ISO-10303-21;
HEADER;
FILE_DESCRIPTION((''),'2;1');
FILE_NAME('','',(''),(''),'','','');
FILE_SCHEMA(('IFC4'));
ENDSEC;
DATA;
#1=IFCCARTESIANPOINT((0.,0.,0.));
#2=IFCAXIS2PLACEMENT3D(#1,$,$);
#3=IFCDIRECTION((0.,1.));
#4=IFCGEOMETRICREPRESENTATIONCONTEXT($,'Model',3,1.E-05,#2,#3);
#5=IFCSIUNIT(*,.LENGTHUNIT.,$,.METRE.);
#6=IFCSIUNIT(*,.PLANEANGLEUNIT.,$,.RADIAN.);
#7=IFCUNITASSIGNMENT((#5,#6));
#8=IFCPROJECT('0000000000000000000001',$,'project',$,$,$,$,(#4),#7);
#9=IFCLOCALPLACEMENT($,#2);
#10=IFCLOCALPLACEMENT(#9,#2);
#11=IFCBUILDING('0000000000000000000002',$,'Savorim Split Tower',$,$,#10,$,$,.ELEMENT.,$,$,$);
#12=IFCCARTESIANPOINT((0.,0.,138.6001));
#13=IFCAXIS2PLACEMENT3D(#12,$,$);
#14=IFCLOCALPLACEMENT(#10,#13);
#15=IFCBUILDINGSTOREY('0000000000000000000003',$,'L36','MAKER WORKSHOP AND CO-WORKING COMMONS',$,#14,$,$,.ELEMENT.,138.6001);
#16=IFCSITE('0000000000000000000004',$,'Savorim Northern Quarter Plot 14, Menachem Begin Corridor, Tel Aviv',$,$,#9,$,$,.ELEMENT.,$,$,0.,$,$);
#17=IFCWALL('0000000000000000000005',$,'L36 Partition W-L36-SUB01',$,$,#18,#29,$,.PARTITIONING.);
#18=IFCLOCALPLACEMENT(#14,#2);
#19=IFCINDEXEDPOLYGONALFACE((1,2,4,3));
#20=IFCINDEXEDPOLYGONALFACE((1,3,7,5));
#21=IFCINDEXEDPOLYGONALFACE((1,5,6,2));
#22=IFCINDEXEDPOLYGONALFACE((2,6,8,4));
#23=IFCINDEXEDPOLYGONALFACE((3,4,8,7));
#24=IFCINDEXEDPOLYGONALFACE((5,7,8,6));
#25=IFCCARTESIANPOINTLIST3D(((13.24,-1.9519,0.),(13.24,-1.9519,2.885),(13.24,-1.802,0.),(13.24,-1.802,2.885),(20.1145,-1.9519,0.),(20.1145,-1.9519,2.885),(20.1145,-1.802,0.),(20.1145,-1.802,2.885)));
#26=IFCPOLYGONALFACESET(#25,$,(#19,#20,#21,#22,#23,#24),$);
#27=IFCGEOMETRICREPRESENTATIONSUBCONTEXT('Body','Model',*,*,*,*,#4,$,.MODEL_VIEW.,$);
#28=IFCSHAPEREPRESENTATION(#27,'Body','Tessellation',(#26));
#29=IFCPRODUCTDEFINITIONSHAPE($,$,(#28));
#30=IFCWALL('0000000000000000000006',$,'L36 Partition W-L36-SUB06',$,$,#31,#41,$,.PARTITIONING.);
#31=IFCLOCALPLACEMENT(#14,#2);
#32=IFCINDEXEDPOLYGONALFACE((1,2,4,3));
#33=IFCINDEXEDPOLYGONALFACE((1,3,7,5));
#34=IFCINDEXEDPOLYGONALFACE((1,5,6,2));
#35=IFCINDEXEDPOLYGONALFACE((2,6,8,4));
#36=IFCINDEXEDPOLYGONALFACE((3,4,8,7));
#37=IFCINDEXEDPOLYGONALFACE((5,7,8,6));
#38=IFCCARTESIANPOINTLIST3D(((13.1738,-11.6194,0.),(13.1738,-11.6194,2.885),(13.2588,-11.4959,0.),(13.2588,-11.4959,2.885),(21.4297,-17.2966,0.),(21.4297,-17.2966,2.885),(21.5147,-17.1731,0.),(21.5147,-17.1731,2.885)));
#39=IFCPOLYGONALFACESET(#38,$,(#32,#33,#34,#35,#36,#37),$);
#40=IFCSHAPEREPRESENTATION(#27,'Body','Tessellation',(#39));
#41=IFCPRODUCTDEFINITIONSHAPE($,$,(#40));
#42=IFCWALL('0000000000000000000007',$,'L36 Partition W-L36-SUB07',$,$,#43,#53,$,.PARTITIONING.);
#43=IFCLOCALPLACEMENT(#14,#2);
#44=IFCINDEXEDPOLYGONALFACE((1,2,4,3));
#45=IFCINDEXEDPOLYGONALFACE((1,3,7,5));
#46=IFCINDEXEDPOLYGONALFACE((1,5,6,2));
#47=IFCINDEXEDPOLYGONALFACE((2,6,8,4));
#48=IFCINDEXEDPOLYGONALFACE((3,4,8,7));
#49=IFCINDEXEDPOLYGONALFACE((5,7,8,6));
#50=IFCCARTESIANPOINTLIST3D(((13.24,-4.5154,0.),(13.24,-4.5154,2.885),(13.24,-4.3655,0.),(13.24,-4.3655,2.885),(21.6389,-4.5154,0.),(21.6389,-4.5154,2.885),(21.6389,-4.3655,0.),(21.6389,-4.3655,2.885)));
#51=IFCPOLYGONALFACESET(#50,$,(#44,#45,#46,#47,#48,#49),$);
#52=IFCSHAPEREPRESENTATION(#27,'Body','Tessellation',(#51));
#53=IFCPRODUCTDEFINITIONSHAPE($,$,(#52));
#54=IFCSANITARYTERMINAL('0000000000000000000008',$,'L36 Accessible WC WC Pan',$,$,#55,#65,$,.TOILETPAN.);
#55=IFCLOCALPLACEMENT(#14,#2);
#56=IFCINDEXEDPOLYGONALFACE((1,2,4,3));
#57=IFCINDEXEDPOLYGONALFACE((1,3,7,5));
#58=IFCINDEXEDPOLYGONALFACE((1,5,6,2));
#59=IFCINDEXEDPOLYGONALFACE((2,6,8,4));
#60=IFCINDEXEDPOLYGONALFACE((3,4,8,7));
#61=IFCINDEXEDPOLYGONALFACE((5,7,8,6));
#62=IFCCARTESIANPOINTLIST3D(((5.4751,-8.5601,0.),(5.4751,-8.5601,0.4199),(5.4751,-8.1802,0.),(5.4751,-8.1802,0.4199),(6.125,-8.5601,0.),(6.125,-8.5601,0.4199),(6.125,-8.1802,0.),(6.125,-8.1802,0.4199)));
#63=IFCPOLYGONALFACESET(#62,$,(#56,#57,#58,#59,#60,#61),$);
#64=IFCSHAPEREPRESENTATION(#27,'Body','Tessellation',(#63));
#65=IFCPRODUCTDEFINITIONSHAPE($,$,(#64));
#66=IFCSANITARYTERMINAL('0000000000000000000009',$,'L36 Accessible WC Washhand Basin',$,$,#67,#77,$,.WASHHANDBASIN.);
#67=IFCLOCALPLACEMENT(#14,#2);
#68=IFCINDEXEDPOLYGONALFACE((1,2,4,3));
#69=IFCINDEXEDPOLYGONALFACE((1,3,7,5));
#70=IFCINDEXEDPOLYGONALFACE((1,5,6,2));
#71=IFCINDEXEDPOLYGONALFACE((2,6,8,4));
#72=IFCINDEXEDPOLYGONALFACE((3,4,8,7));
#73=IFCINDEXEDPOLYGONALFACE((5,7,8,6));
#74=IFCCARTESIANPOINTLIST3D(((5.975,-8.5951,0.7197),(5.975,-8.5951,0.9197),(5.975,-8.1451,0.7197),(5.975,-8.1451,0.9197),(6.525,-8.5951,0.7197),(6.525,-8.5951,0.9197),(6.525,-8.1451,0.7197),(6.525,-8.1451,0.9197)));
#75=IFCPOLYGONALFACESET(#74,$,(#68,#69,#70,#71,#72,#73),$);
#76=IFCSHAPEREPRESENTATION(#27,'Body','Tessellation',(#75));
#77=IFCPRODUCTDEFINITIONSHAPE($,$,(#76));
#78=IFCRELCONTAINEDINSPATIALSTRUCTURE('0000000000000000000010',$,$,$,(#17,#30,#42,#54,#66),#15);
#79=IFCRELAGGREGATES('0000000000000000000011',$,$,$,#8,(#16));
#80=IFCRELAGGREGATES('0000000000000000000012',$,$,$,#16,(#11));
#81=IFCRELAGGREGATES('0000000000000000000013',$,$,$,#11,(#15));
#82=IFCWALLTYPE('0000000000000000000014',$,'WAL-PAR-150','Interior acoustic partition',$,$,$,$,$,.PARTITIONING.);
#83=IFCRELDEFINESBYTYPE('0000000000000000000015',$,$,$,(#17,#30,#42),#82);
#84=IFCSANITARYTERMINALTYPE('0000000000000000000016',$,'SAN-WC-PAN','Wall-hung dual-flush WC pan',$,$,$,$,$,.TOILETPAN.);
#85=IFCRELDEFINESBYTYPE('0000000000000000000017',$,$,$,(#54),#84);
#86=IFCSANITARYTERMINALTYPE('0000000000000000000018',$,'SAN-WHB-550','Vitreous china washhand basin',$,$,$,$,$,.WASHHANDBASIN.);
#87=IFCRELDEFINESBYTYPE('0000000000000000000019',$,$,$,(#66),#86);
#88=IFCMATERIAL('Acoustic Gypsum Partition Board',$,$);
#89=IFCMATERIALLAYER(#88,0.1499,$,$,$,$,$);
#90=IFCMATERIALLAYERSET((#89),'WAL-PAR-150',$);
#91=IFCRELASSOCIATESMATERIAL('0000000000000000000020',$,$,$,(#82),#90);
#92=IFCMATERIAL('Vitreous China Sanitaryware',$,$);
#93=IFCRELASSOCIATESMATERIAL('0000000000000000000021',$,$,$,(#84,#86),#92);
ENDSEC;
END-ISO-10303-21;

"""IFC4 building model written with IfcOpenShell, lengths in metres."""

from ifc_helpers import new_model, si_unit, direction, frame, frame_2d, origin, origin_2d, place, context, subcontext, project, spatial, rectangle, extrude, material, layer, layer_set, type_object, element, save


model = new_model("IFC4")

# Units and contexts
model_context = context("Model", 3, precision=1e-05, world=origin(), true_north=direction((0.0, 1.0)))
body_context = subcontext(model_context, "Body", "Model", "MODEL_VIEW")
ifc_project = project(units=[si_unit("LENGTHUNIT", "METRE"), si_unit("PLANEANGLEUNIT", "RADIAN")], contexts=[model_context])

# Site, building, storey
site_placement = place(None, origin())
site = spatial("IfcSite", under=ifc_project, at=site_placement, Name="Savorim Northern Quarter Plot 14, Menachem Begin Corridor, Tel Aviv", CompositionType="ELEMENT", RefElevation=0.0)
building_placement = place(site_placement, origin())
building = spatial("IfcBuilding", under=site, at=building_placement, Name="Savorim Split Tower", CompositionType="ELEMENT")
storey_placement = place(building_placement, frame((0.0, 0.0, 138.6001)))
storey = spatial("IfcBuildingStorey", under=building, at=storey_placement, Name="L36", Description="MAKER WORKSHOP AND CO-WORKING COMMONS", CompositionType="ELEMENT", Elevation=138.6001)

# Shared definitions
ifc_material_1 = material(Name="Acoustic Gypsum Partition Board")
ifc_layer_1 = layer(ifc_material_1, 0.1499)
ifc_layer_set_1 = layer_set([ifc_layer_1], Name="WAL-PAR-150")
wall_type_1 = type_object("IfcWallType", Name="WAL-PAR-150", Description="Interior acoustic partition", PredefinedType="PARTITIONING", material=ifc_layer_set_1)

# Walls
wall_1_placement = place(storey_placement, frame((13.24, -1.877, 0.0), z_axis=(0.0, 0.0, 1.0), x_axis=(1.0, 0.0, 0.0)))
element("IfcWall", 1, at=wall_1_placement, inside=storey, type_object=wall_type_1, Name="L36 Partition W-L36-SUB01", PredefinedType="PARTITIONING", context=body_context, shape_type="SweptSolid", body=[
    extrude(rectangle(XDim=6.8745, YDim=0.1499, at=frame_2d((3.4373, 0.0))), origin(), (0.0, 0.0, 1.0), 2.885),
])
wall_2_placement = place(storey_placement, frame((13.2163, -11.5576, 0.0), z_axis=(0.0, 0.0, 1.0), x_axis=(0.823979, -0.56662, 0.0)))
element("IfcWall", 2, at=wall_2_placement, inside=storey, type_object=wall_type_1, Name="L36 Partition W-L36-SUB06", PredefinedType="PARTITIONING", context=body_context, shape_type="SweptSolid", body=[
    extrude(rectangle(XDim=10.0195, YDim=0.1499, at=frame_2d((5.0098, 0.0))), origin(), (0.0, 0.0, 1.0), 2.885),
])
wall_3_placement = place(storey_placement, frame((13.24, -4.4404, 0.0), z_axis=(0.0, 0.0, 1.0), x_axis=(1.0, 0.0, 0.0)))
element("IfcWall", 3, at=wall_3_placement, inside=storey, type_object=wall_type_1, Name="L36 Partition W-L36-SUB07", PredefinedType="PARTITIONING", context=body_context, shape_type="SweptSolid", body=[
    extrude(rectangle(XDim=8.3989, YDim=0.1499, at=frame_2d((4.1995, 0.0))), origin(), (0.0, 0.0, 1.0), 2.885),
])

# Sanitary terminals
ifc_material_2 = material(Name="Vitreous China Sanitaryware")
sanitary_terminal_type_1 = type_object("IfcSanitaryTerminalType", Name="SAN-WC-PAN", Description="Wall-hung dual-flush WC pan", PredefinedType="TOILETPAN", material=ifc_material_2)
sanitary_terminal_1_placement = place(storey_placement, frame((5.8, -8.3701, 0.0), z_axis=(0.0, 0.0, 1.0), x_axis=(1.0, 0.0, 0.0)))
element("IfcSanitaryTerminal", 4, at=sanitary_terminal_1_placement, inside=storey, type_object=sanitary_terminal_type_1, Name="L36 Accessible WC WC Pan", PredefinedType="TOILETPAN", context=body_context, shape_type="SweptSolid", body=[
    extrude(rectangle(XDim=0.6499, YDim=0.3799, at=origin_2d()), origin(), (0.0, 0.0, 1.0), 0.4199),
])
sanitary_terminal_type_2 = type_object("IfcSanitaryTerminalType", Name="SAN-WHB-550", Description="Vitreous china washhand basin", PredefinedType="WASHHANDBASIN", material=ifc_material_2)
sanitary_terminal_2_placement = place(storey_placement, frame((6.25, -8.3701, 0.7197), z_axis=(0.0, 0.0, 1.0), x_axis=(1.0, 0.0, 0.0)))
element("IfcSanitaryTerminal", 5, at=sanitary_terminal_2_placement, inside=storey, type_object=sanitary_terminal_type_2, Name="L36 Accessible WC Washhand Basin", PredefinedType="WASHHANDBASIN", context=body_context, shape_type="SweptSolid", body=[
    extrude(rectangle(XDim=0.55, YDim=0.45, at=origin_2d()), origin(), (0.0, 0.0, 1.0), 0.2),
])

save(model, "model.ifc")
